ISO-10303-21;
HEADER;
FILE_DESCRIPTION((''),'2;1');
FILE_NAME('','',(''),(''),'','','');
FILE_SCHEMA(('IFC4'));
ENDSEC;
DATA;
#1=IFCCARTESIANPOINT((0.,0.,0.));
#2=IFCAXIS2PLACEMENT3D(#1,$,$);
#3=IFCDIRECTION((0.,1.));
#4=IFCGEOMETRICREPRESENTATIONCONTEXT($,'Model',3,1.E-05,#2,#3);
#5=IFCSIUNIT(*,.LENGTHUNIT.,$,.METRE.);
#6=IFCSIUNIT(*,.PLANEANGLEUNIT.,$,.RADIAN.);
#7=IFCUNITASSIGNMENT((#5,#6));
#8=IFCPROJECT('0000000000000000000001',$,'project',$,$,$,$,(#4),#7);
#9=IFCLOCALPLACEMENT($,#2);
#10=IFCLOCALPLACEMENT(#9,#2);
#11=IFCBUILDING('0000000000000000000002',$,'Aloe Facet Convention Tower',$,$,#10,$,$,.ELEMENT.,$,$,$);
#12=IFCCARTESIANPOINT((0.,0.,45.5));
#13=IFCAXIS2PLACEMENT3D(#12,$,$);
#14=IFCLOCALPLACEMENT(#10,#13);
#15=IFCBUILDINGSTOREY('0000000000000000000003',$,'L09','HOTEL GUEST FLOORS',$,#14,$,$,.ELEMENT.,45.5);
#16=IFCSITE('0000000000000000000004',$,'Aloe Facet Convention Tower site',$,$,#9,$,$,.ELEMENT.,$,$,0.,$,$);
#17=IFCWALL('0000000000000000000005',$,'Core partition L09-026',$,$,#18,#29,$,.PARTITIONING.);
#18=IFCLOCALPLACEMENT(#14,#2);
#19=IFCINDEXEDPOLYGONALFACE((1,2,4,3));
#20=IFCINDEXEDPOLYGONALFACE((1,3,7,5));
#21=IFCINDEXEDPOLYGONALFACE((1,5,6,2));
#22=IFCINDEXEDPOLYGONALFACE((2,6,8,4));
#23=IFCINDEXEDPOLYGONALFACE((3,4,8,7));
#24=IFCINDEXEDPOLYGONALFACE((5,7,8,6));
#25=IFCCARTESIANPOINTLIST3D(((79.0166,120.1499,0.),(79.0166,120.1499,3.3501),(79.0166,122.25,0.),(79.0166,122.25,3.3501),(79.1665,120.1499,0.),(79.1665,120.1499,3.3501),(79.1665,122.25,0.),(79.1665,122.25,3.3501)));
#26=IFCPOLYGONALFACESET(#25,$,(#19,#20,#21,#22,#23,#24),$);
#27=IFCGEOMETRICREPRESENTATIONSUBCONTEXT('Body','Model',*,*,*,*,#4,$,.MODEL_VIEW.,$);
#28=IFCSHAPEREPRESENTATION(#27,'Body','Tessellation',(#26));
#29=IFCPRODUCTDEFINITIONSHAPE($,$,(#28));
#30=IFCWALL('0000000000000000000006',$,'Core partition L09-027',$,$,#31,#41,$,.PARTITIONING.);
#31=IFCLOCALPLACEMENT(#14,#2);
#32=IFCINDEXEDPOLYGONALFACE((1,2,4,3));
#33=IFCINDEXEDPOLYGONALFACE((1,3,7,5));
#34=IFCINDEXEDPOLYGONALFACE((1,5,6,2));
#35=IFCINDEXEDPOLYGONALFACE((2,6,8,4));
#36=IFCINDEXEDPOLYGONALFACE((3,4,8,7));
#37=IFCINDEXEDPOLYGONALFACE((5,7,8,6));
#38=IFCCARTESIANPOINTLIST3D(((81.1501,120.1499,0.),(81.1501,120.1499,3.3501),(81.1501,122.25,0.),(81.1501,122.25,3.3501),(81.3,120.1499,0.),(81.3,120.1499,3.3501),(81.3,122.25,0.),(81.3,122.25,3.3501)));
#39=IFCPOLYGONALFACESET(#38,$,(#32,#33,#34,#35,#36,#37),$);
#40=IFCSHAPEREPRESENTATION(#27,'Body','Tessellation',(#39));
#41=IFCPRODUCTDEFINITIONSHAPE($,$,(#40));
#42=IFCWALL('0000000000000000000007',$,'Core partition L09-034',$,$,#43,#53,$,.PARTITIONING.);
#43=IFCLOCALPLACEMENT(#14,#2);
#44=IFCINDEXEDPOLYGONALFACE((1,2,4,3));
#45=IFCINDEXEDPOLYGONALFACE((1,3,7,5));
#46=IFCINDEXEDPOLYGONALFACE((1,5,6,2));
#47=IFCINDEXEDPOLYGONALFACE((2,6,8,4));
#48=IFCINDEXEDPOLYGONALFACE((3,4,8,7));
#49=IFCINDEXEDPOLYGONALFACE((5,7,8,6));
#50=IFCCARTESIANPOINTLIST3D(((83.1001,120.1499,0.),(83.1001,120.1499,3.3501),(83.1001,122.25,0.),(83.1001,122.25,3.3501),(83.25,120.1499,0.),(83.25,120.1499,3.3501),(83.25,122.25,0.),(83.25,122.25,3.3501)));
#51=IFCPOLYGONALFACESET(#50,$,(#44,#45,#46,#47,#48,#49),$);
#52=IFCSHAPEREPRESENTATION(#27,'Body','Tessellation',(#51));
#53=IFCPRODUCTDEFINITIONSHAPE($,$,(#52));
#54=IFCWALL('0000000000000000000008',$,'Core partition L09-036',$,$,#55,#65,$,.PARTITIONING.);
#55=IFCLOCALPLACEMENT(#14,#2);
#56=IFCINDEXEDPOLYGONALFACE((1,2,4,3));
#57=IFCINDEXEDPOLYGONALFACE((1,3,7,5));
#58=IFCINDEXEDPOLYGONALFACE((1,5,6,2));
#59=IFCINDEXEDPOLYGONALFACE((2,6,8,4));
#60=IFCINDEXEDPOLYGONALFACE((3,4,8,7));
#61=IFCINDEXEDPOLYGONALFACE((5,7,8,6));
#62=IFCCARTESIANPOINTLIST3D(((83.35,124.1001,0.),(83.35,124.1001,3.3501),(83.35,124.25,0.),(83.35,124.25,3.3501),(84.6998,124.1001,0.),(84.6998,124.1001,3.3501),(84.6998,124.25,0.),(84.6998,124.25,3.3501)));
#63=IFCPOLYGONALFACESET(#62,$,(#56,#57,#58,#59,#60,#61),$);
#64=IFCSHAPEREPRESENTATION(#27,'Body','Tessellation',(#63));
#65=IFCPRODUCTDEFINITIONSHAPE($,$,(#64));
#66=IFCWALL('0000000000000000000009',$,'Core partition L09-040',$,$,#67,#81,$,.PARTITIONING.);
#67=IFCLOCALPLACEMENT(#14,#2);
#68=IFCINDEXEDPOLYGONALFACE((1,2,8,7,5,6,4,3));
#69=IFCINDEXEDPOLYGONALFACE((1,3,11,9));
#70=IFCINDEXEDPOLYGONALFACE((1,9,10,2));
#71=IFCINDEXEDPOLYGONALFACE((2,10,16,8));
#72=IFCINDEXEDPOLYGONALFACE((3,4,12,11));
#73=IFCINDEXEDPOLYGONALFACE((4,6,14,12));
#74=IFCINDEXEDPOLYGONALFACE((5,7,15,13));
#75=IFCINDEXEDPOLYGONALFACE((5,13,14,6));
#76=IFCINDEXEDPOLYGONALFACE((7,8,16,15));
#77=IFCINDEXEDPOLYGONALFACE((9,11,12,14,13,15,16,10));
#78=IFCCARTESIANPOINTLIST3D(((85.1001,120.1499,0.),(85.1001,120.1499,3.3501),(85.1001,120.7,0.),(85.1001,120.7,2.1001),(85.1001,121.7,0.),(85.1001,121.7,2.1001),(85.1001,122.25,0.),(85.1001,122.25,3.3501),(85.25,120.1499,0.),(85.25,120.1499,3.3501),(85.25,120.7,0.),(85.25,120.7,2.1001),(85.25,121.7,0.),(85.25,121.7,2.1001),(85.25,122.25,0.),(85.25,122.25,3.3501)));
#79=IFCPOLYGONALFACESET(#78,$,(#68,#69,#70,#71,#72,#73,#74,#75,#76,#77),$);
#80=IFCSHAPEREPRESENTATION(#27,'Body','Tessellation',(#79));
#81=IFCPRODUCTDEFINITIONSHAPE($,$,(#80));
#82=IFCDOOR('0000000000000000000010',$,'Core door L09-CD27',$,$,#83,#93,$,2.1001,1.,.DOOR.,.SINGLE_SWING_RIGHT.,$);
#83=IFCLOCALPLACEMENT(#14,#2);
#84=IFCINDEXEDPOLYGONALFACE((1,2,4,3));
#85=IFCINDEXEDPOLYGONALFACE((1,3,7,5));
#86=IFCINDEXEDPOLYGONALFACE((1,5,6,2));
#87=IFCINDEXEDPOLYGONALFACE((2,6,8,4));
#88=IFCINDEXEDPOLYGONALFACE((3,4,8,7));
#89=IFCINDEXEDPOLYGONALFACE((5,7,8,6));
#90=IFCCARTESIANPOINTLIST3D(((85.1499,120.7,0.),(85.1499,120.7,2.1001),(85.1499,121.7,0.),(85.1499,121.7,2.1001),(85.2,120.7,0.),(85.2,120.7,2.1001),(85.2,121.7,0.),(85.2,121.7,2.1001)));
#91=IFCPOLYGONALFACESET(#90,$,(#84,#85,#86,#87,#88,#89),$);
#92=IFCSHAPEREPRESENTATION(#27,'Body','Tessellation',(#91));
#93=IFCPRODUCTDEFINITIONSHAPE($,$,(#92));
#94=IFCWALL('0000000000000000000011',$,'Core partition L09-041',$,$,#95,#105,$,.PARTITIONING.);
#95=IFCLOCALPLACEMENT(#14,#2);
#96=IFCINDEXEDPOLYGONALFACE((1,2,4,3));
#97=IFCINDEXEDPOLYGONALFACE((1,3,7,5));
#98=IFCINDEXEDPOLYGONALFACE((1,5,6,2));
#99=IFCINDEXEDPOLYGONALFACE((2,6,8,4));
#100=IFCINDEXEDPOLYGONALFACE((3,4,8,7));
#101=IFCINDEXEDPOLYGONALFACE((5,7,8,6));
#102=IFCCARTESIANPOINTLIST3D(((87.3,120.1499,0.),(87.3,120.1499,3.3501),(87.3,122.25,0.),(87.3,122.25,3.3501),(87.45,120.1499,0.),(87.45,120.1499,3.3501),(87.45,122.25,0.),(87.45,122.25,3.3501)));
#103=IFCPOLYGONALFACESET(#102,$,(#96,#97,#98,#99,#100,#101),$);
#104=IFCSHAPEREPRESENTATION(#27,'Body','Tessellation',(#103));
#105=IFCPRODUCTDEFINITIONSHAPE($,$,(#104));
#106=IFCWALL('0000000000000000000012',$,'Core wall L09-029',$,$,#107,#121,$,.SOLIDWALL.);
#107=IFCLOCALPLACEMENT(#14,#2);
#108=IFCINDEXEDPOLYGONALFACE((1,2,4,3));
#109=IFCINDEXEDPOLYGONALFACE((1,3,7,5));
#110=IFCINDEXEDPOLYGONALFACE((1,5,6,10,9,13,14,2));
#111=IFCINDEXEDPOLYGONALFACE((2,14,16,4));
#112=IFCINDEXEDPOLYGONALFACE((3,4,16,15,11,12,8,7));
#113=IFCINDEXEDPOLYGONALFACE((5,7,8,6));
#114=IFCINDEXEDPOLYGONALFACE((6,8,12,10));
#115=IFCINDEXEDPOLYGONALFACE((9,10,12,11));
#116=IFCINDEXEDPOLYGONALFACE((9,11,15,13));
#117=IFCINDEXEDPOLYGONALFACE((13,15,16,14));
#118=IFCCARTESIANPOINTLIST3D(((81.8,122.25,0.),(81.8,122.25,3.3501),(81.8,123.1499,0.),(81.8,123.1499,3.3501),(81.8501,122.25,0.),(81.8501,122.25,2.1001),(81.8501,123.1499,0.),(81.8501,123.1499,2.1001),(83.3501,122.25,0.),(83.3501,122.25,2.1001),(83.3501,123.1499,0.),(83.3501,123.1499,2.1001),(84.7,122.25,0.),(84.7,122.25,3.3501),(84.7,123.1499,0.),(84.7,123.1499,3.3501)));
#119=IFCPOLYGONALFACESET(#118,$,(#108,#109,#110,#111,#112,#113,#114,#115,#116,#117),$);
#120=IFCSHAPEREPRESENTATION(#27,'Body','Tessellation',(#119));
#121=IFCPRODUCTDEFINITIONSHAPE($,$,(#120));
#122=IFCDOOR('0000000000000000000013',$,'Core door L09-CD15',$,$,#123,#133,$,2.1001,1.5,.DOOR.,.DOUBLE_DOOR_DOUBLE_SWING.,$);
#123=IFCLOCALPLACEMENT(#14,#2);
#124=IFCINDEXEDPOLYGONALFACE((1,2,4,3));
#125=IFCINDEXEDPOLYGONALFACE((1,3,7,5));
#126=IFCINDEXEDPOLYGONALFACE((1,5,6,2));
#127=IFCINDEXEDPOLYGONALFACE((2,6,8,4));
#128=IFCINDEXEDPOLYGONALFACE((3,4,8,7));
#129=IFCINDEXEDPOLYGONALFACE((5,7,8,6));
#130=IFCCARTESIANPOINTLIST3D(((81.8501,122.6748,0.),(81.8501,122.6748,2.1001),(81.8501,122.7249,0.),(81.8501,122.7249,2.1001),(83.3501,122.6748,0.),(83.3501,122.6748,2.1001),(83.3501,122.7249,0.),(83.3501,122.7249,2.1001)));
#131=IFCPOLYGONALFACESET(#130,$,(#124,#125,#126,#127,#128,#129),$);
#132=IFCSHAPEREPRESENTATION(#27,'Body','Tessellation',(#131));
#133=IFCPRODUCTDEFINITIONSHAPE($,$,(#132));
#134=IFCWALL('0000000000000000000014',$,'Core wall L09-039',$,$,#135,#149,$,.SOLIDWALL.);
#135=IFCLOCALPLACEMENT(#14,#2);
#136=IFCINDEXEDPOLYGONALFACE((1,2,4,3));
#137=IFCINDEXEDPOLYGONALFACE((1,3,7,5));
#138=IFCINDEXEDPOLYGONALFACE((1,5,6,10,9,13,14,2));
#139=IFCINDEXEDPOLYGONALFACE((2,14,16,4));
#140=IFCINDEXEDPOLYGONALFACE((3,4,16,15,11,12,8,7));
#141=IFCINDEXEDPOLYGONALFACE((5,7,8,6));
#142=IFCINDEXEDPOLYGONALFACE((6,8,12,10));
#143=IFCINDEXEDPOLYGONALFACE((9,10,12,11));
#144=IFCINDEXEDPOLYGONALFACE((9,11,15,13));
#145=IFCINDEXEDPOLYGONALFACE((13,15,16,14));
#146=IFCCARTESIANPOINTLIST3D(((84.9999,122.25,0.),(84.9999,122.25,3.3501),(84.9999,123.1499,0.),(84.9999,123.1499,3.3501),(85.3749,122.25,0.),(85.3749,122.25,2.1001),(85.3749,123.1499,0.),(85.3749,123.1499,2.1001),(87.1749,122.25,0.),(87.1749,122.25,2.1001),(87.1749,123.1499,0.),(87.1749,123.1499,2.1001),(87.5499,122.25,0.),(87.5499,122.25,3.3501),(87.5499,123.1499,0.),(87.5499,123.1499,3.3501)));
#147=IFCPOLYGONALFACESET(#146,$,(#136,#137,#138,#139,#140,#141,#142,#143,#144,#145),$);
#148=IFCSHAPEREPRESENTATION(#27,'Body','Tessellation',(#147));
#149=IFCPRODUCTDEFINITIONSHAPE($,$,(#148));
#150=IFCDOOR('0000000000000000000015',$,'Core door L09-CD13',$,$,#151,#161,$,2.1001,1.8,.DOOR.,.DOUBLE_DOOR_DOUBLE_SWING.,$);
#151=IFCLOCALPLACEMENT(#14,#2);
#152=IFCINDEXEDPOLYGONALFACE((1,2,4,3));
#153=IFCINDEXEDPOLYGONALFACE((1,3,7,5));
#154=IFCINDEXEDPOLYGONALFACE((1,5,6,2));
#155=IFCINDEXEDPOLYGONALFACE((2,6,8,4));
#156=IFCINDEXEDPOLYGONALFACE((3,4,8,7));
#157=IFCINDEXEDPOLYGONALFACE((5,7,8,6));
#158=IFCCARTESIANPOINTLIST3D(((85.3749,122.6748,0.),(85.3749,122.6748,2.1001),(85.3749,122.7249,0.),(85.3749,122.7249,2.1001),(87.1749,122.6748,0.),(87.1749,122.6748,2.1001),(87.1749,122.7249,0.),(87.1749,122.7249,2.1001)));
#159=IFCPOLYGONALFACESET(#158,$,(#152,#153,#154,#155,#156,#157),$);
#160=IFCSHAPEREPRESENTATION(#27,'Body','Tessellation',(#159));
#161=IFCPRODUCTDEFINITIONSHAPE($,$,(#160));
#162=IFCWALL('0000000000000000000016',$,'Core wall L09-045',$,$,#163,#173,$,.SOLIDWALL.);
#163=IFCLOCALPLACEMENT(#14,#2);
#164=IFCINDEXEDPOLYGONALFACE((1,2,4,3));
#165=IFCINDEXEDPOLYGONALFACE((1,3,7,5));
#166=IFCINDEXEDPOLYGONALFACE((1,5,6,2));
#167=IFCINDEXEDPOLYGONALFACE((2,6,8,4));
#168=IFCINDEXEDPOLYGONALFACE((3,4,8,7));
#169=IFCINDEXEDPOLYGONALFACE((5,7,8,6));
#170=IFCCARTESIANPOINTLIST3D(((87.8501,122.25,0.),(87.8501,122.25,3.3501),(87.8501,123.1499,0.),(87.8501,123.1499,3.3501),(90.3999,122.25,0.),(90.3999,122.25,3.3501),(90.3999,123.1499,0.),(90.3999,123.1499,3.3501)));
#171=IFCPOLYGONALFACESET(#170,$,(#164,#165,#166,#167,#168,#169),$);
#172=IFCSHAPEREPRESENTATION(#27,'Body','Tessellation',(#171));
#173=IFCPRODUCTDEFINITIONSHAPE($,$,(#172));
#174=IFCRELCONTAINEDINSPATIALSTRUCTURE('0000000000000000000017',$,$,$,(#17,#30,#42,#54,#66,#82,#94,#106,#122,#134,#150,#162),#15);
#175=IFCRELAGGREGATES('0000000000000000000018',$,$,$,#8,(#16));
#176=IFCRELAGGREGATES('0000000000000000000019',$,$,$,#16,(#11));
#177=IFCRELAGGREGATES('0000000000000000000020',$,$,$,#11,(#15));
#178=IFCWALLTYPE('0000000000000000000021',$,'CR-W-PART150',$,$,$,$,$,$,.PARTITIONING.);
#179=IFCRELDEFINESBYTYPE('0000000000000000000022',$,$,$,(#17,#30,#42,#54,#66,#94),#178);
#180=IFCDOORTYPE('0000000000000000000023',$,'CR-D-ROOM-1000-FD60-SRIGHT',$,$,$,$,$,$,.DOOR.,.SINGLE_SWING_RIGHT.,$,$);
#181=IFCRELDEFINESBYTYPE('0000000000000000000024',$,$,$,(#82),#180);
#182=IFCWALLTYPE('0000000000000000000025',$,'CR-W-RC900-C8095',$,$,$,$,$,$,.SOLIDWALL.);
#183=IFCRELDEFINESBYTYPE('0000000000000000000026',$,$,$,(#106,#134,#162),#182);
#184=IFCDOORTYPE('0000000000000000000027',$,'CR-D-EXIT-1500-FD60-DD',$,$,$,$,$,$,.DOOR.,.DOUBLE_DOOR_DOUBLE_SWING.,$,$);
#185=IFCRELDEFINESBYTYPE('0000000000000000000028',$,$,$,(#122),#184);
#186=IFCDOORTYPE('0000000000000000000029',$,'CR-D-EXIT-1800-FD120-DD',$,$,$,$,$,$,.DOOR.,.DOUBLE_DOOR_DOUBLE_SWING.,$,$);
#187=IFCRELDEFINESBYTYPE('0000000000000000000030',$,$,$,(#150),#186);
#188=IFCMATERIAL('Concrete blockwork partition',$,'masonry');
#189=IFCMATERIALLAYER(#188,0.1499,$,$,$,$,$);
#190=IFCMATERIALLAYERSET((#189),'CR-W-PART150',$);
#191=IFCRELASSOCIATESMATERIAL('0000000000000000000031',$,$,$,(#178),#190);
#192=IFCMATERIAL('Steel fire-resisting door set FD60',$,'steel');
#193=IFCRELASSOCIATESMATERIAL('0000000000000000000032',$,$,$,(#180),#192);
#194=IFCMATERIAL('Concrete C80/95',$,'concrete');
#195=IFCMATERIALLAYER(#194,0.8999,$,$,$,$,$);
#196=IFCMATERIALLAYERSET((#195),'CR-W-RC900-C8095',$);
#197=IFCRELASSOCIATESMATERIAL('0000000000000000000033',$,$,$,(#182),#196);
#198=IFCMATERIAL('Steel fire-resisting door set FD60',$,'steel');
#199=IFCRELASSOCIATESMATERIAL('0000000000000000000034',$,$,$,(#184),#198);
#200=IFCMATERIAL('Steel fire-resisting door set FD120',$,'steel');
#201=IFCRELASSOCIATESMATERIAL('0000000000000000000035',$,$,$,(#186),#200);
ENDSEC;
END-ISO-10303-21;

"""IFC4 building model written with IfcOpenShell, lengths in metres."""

from ifc_helpers import new_model, si_unit, direction, frame, frame_2d, origin, place, context, subcontext, project, spatial, rectangle, extrude, material, layer, layer_set, type_object, element, fill, save


model = new_model("IFC4")

# Units and contexts
model_context = context("Model", 3, precision=1e-05, world=origin(), true_north=direction((0.0, 1.0)))
body_context = subcontext(model_context, "Body", "Model", "MODEL_VIEW")
ifc_project = project(units=[si_unit("LENGTHUNIT", "METRE"), si_unit("PLANEANGLEUNIT", "RADIAN")], contexts=[model_context])

# Site, building, storey
site_placement = place(None, origin())
site = spatial("IfcSite", under=ifc_project, at=site_placement, Name="Aloe Facet Convention Tower site", CompositionType="ELEMENT", RefElevation=0.0)
building_placement = place(site_placement, origin())
building = spatial("IfcBuilding", under=site, at=building_placement, Name="Aloe Facet Convention Tower", CompositionType="ELEMENT")
storey_placement = place(building_placement, frame((0.0, 0.0, 45.5)))
storey = spatial("IfcBuildingStorey", under=building, at=storey_placement, Name="L09", Description="HOTEL GUEST FLOORS", CompositionType="ELEMENT", Elevation=45.5)

# Walls
ifc_material_1 = material(Name="Concrete blockwork partition", Category="masonry")
ifc_layer_1 = layer(ifc_material_1, 0.1499)
ifc_layer_set_1 = layer_set([ifc_layer_1], Name="CR-W-PART150")
wall_type_1 = type_object("IfcWallType", Name="CR-W-PART150", PredefinedType="PARTITIONING", material=ifc_layer_set_1)
for number, where, z_axis, x_axis, name in (
    (1, (79.0916, 122.25, 0.0), (0.0, 0.0, 1.0), (0.0, -1.0, 0.0), "Core partition L09-026"),
    (2, (81.2251, 122.25, 0.0), (0.0, 0.0, 1.0), (0.0, -1.0, 0.0), "Core partition L09-027"),
    (3, (83.175, 122.25, 0.0), (0.0, 0.0, 1.0), (0.0, -1.0, 0.0), "Core partition L09-034"),
):
    element("IfcWall", number, at=place(storey_placement, frame(where, z_axis=z_axis, x_axis=x_axis)), inside=storey, type_object=wall_type_1, Name=name, PredefinedType="PARTITIONING", context=body_context, shape_type="SweptSolid", body=[
        extrude(rectangle(XDim=2.1001, YDim=0.1499, at=frame_2d((1.05, 0.0))), origin(), (0.0, 0.0, 1.0), 3.3501),
    ])
wall_1_placement = place(storey_placement, frame((83.3501, 124.175, 0.0), z_axis=(0.0, 0.0, 1.0), x_axis=(1.0, 0.0, 0.0)))
element("IfcWall", 4, at=wall_1_placement, inside=storey, type_object=wall_type_1, Name="Core partition L09-036", PredefinedType="PARTITIONING", context=body_context, shape_type="SweptSolid", body=[
    extrude(rectangle(XDim=1.3499, YDim=0.1499, at=frame_2d((0.6748, 0.0))), origin(), (0.0, 0.0, 1.0), 3.3501),
])

# Wall, opening, door
wall_2_placement = place(storey_placement, frame((85.175, 122.25, 0.0), z_axis=(0.0, 0.0, 1.0), x_axis=(0.0, -1.0, 0.0)))
wall_2 = element("IfcWall", 5, at=wall_2_placement, inside=storey, type_object=wall_type_1, Name="Core partition L09-040", PredefinedType="PARTITIONING", context=body_context, shape_type="SweptSolid", body=[
    extrude(rectangle(XDim=2.1001, YDim=0.1499, at=frame_2d((1.05, 0.0))), origin(), (0.0, 0.0, 1.0), 3.3501),
])
opening_1_placement = place(wall_2_placement, frame((0.55, 0.0, 0.0)))
opening_1 = element("IfcOpeningElement", 6, at=opening_1_placement, cuts=wall_2, PredefinedType="OPENING", context=body_context, shape_type="SweptSolid", body=[
    extrude(rectangle(XDim=1.0, YDim=2.1001, at=frame_2d((0.5, 1.05))), frame((0.0, 0.085, 0.0), z_axis=(0.0, -1.0, 0.0), x_axis=(1.0, 0.0, 0.0)), (0.0, 0.0, 1.0), 0.1699),
])
ifc_material_2 = material(Name="Steel fire-resisting door set FD60", Category="steel")
door_type_1 = type_object("IfcDoorType", Name="CR-D-ROOM-1000-FD60-SRIGHT", OperationType="SINGLE_SWING_RIGHT", PredefinedType="DOOR", material=ifc_material_2)
door_1_placement = place(opening_1_placement, origin())
door_1 = element("IfcDoor", 7, at=door_1_placement, inside=storey, type_object=door_type_1, Name="Core door L09-CD27", OperationType="SINGLE_SWING_RIGHT", OverallHeight=2.1001, OverallWidth=1.0, PredefinedType="DOOR", context=body_context, shape_type="SweptSolid", body=[
    extrude(rectangle(XDim=1.0, YDim=2.1001, at=frame_2d((0.5, 1.05))), frame((0.0, 0.0249, 0.0), z_axis=(0.0, -1.0, 0.0), x_axis=(1.0, 0.0, 0.0)), (0.0, 0.0, 1.0), 0.05),
])
fill(opening_1, door_1)

# Wall
wall_3_placement = place(storey_placement, frame((87.375, 122.25, 0.0), z_axis=(0.0, 0.0, 1.0), x_axis=(0.0, -1.0, 0.0)))
element("IfcWall", 8, at=wall_3_placement, inside=storey, type_object=wall_type_1, Name="Core partition L09-041", PredefinedType="PARTITIONING", context=body_context, shape_type="SweptSolid", body=[
    extrude(rectangle(XDim=2.1001, YDim=0.1499, at=frame_2d((1.05, 0.0))), origin(), (0.0, 0.0, 1.0), 3.3501),
])

# Walls, openings, doors
ifc_material_3 = material(Name="Concrete C80/95", Category="concrete")
ifc_layer_2 = layer(ifc_material_3, 0.8999)
ifc_layer_set_2 = layer_set([ifc_layer_2], Name="CR-W-RC900-C8095")
wall_type_2 = type_object("IfcWallType", Name="CR-W-RC900-C8095", PredefinedType="SOLIDWALL", material=ifc_layer_set_2)
wall_4_placement = place(storey_placement, frame((81.8, 122.7, 0.0), z_axis=(0.0, 0.0, 1.0), x_axis=(1.0, 0.0, 0.0)))
wall_4 = element("IfcWall", 9, at=wall_4_placement, inside=storey, type_object=wall_type_2, Name="Core wall L09-029", PredefinedType="SOLIDWALL", context=body_context, shape_type="SweptSolid", body=[
    extrude(rectangle(XDim=2.8999, YDim=0.8999, at=frame_2d((1.45, 0.0))), origin(), (0.0, 0.0, 1.0), 3.3501),
])
opening_2_placement = place(wall_4_placement, frame((0.05, 0.0, 0.0)))
opening_2 = element("IfcOpeningElement", 10, at=opening_2_placement, cuts=wall_4, PredefinedType="OPENING", context=body_context, shape_type="SweptSolid", body=[
    extrude(rectangle(XDim=1.5, YDim=2.1001, at=frame_2d((0.75, 1.05))), frame((0.0, 0.46, 0.0), z_axis=(0.0, -1.0, 0.0), x_axis=(1.0, 0.0, 0.0)), (0.0, 0.0, 1.0), 0.9199),
])
ifc_material_4 = material(Name="Steel fire-resisting door set FD60", Category="steel")
door_type_2 = type_object("IfcDoorType", Name="CR-D-EXIT-1500-FD60-DD", OperationType="DOUBLE_DOOR_DOUBLE_SWING", PredefinedType="DOOR", material=ifc_material_4)
door_2_placement = place(opening_2_placement, origin())
door_2 = element("IfcDoor", 11, at=door_2_placement, inside=storey, type_object=door_type_2, Name="Core door L09-CD15", OperationType="DOUBLE_DOOR_DOUBLE_SWING", OverallHeight=2.1001, OverallWidth=1.5, PredefinedType="DOOR", context=body_context, shape_type="SweptSolid", body=[
    extrude(rectangle(XDim=1.5, YDim=2.1001, at=frame_2d((0.75, 1.05))), frame((0.0, 0.0249, 0.0), z_axis=(0.0, -1.0, 0.0), x_axis=(1.0, 0.0, 0.0)), (0.0, 0.0, 1.0), 0.05),
])
fill(opening_2, door_2)
wall_5_placement = place(storey_placement, frame((85.0, 122.7, 0.0), z_axis=(0.0, 0.0, 1.0), x_axis=(1.0, 0.0, 0.0)))
wall_5 = element("IfcWall", 12, at=wall_5_placement, inside=storey, type_object=wall_type_2, Name="Core wall L09-039", PredefinedType="SOLIDWALL", context=body_context, shape_type="SweptSolid", body=[
    extrude(rectangle(XDim=2.55, YDim=0.8999, at=frame_2d((1.2749, 0.0))), origin(), (0.0, 0.0, 1.0), 3.3501),
])
opening_3_placement = place(wall_5_placement, frame((0.375, 0.0, 0.0)))
opening_3 = element("IfcOpeningElement", 13, at=opening_3_placement, cuts=wall_5, PredefinedType="OPENING", context=body_context, shape_type="SweptSolid", body=[
    extrude(rectangle(XDim=1.8, YDim=2.1001, at=frame_2d((0.8999, 1.05))), frame((0.0, 0.46, 0.0), z_axis=(0.0, -1.0, 0.0), x_axis=(1.0, 0.0, 0.0)), (0.0, 0.0, 1.0), 0.9199),
])
ifc_material_5 = material(Name="Steel fire-resisting door set FD120", Category="steel")
door_type_3 = type_object("IfcDoorType", Name="CR-D-EXIT-1800-FD120-DD", OperationType="DOUBLE_DOOR_DOUBLE_SWING", PredefinedType="DOOR", material=ifc_material_5)
door_3_placement = place(opening_3_placement, origin())
door_3 = element("IfcDoor", 14, at=door_3_placement, inside=storey, type_object=door_type_3, Name="Core door L09-CD13", OperationType="DOUBLE_DOOR_DOUBLE_SWING", OverallHeight=2.1001, OverallWidth=1.8, PredefinedType="DOOR", context=body_context, shape_type="SweptSolid", body=[
    extrude(rectangle(XDim=1.8, YDim=2.1001, at=frame_2d((0.8999, 1.05))), frame((0.0, 0.0249, 0.0), z_axis=(0.0, -1.0, 0.0), x_axis=(1.0, 0.0, 0.0)), (0.0, 0.0, 1.0), 0.05),
])
fill(opening_3, door_3)

# Wall
wall_6_placement = place(storey_placement, frame((87.8501, 122.7, 0.0), z_axis=(0.0, 0.0, 1.0), x_axis=(1.0, 0.0, 0.0)))
element("IfcWall", 15, at=wall_6_placement, inside=storey, type_object=wall_type_2, Name="Core wall L09-045", PredefinedType="SOLIDWALL", context=body_context, shape_type="SweptSolid", body=[
    extrude(rectangle(XDim=2.5498, YDim=0.8999, at=frame_2d((1.2749, 0.0))), origin(), (0.0, 0.0, 1.0), 3.3501),
])

save(model, "model.ifc")
